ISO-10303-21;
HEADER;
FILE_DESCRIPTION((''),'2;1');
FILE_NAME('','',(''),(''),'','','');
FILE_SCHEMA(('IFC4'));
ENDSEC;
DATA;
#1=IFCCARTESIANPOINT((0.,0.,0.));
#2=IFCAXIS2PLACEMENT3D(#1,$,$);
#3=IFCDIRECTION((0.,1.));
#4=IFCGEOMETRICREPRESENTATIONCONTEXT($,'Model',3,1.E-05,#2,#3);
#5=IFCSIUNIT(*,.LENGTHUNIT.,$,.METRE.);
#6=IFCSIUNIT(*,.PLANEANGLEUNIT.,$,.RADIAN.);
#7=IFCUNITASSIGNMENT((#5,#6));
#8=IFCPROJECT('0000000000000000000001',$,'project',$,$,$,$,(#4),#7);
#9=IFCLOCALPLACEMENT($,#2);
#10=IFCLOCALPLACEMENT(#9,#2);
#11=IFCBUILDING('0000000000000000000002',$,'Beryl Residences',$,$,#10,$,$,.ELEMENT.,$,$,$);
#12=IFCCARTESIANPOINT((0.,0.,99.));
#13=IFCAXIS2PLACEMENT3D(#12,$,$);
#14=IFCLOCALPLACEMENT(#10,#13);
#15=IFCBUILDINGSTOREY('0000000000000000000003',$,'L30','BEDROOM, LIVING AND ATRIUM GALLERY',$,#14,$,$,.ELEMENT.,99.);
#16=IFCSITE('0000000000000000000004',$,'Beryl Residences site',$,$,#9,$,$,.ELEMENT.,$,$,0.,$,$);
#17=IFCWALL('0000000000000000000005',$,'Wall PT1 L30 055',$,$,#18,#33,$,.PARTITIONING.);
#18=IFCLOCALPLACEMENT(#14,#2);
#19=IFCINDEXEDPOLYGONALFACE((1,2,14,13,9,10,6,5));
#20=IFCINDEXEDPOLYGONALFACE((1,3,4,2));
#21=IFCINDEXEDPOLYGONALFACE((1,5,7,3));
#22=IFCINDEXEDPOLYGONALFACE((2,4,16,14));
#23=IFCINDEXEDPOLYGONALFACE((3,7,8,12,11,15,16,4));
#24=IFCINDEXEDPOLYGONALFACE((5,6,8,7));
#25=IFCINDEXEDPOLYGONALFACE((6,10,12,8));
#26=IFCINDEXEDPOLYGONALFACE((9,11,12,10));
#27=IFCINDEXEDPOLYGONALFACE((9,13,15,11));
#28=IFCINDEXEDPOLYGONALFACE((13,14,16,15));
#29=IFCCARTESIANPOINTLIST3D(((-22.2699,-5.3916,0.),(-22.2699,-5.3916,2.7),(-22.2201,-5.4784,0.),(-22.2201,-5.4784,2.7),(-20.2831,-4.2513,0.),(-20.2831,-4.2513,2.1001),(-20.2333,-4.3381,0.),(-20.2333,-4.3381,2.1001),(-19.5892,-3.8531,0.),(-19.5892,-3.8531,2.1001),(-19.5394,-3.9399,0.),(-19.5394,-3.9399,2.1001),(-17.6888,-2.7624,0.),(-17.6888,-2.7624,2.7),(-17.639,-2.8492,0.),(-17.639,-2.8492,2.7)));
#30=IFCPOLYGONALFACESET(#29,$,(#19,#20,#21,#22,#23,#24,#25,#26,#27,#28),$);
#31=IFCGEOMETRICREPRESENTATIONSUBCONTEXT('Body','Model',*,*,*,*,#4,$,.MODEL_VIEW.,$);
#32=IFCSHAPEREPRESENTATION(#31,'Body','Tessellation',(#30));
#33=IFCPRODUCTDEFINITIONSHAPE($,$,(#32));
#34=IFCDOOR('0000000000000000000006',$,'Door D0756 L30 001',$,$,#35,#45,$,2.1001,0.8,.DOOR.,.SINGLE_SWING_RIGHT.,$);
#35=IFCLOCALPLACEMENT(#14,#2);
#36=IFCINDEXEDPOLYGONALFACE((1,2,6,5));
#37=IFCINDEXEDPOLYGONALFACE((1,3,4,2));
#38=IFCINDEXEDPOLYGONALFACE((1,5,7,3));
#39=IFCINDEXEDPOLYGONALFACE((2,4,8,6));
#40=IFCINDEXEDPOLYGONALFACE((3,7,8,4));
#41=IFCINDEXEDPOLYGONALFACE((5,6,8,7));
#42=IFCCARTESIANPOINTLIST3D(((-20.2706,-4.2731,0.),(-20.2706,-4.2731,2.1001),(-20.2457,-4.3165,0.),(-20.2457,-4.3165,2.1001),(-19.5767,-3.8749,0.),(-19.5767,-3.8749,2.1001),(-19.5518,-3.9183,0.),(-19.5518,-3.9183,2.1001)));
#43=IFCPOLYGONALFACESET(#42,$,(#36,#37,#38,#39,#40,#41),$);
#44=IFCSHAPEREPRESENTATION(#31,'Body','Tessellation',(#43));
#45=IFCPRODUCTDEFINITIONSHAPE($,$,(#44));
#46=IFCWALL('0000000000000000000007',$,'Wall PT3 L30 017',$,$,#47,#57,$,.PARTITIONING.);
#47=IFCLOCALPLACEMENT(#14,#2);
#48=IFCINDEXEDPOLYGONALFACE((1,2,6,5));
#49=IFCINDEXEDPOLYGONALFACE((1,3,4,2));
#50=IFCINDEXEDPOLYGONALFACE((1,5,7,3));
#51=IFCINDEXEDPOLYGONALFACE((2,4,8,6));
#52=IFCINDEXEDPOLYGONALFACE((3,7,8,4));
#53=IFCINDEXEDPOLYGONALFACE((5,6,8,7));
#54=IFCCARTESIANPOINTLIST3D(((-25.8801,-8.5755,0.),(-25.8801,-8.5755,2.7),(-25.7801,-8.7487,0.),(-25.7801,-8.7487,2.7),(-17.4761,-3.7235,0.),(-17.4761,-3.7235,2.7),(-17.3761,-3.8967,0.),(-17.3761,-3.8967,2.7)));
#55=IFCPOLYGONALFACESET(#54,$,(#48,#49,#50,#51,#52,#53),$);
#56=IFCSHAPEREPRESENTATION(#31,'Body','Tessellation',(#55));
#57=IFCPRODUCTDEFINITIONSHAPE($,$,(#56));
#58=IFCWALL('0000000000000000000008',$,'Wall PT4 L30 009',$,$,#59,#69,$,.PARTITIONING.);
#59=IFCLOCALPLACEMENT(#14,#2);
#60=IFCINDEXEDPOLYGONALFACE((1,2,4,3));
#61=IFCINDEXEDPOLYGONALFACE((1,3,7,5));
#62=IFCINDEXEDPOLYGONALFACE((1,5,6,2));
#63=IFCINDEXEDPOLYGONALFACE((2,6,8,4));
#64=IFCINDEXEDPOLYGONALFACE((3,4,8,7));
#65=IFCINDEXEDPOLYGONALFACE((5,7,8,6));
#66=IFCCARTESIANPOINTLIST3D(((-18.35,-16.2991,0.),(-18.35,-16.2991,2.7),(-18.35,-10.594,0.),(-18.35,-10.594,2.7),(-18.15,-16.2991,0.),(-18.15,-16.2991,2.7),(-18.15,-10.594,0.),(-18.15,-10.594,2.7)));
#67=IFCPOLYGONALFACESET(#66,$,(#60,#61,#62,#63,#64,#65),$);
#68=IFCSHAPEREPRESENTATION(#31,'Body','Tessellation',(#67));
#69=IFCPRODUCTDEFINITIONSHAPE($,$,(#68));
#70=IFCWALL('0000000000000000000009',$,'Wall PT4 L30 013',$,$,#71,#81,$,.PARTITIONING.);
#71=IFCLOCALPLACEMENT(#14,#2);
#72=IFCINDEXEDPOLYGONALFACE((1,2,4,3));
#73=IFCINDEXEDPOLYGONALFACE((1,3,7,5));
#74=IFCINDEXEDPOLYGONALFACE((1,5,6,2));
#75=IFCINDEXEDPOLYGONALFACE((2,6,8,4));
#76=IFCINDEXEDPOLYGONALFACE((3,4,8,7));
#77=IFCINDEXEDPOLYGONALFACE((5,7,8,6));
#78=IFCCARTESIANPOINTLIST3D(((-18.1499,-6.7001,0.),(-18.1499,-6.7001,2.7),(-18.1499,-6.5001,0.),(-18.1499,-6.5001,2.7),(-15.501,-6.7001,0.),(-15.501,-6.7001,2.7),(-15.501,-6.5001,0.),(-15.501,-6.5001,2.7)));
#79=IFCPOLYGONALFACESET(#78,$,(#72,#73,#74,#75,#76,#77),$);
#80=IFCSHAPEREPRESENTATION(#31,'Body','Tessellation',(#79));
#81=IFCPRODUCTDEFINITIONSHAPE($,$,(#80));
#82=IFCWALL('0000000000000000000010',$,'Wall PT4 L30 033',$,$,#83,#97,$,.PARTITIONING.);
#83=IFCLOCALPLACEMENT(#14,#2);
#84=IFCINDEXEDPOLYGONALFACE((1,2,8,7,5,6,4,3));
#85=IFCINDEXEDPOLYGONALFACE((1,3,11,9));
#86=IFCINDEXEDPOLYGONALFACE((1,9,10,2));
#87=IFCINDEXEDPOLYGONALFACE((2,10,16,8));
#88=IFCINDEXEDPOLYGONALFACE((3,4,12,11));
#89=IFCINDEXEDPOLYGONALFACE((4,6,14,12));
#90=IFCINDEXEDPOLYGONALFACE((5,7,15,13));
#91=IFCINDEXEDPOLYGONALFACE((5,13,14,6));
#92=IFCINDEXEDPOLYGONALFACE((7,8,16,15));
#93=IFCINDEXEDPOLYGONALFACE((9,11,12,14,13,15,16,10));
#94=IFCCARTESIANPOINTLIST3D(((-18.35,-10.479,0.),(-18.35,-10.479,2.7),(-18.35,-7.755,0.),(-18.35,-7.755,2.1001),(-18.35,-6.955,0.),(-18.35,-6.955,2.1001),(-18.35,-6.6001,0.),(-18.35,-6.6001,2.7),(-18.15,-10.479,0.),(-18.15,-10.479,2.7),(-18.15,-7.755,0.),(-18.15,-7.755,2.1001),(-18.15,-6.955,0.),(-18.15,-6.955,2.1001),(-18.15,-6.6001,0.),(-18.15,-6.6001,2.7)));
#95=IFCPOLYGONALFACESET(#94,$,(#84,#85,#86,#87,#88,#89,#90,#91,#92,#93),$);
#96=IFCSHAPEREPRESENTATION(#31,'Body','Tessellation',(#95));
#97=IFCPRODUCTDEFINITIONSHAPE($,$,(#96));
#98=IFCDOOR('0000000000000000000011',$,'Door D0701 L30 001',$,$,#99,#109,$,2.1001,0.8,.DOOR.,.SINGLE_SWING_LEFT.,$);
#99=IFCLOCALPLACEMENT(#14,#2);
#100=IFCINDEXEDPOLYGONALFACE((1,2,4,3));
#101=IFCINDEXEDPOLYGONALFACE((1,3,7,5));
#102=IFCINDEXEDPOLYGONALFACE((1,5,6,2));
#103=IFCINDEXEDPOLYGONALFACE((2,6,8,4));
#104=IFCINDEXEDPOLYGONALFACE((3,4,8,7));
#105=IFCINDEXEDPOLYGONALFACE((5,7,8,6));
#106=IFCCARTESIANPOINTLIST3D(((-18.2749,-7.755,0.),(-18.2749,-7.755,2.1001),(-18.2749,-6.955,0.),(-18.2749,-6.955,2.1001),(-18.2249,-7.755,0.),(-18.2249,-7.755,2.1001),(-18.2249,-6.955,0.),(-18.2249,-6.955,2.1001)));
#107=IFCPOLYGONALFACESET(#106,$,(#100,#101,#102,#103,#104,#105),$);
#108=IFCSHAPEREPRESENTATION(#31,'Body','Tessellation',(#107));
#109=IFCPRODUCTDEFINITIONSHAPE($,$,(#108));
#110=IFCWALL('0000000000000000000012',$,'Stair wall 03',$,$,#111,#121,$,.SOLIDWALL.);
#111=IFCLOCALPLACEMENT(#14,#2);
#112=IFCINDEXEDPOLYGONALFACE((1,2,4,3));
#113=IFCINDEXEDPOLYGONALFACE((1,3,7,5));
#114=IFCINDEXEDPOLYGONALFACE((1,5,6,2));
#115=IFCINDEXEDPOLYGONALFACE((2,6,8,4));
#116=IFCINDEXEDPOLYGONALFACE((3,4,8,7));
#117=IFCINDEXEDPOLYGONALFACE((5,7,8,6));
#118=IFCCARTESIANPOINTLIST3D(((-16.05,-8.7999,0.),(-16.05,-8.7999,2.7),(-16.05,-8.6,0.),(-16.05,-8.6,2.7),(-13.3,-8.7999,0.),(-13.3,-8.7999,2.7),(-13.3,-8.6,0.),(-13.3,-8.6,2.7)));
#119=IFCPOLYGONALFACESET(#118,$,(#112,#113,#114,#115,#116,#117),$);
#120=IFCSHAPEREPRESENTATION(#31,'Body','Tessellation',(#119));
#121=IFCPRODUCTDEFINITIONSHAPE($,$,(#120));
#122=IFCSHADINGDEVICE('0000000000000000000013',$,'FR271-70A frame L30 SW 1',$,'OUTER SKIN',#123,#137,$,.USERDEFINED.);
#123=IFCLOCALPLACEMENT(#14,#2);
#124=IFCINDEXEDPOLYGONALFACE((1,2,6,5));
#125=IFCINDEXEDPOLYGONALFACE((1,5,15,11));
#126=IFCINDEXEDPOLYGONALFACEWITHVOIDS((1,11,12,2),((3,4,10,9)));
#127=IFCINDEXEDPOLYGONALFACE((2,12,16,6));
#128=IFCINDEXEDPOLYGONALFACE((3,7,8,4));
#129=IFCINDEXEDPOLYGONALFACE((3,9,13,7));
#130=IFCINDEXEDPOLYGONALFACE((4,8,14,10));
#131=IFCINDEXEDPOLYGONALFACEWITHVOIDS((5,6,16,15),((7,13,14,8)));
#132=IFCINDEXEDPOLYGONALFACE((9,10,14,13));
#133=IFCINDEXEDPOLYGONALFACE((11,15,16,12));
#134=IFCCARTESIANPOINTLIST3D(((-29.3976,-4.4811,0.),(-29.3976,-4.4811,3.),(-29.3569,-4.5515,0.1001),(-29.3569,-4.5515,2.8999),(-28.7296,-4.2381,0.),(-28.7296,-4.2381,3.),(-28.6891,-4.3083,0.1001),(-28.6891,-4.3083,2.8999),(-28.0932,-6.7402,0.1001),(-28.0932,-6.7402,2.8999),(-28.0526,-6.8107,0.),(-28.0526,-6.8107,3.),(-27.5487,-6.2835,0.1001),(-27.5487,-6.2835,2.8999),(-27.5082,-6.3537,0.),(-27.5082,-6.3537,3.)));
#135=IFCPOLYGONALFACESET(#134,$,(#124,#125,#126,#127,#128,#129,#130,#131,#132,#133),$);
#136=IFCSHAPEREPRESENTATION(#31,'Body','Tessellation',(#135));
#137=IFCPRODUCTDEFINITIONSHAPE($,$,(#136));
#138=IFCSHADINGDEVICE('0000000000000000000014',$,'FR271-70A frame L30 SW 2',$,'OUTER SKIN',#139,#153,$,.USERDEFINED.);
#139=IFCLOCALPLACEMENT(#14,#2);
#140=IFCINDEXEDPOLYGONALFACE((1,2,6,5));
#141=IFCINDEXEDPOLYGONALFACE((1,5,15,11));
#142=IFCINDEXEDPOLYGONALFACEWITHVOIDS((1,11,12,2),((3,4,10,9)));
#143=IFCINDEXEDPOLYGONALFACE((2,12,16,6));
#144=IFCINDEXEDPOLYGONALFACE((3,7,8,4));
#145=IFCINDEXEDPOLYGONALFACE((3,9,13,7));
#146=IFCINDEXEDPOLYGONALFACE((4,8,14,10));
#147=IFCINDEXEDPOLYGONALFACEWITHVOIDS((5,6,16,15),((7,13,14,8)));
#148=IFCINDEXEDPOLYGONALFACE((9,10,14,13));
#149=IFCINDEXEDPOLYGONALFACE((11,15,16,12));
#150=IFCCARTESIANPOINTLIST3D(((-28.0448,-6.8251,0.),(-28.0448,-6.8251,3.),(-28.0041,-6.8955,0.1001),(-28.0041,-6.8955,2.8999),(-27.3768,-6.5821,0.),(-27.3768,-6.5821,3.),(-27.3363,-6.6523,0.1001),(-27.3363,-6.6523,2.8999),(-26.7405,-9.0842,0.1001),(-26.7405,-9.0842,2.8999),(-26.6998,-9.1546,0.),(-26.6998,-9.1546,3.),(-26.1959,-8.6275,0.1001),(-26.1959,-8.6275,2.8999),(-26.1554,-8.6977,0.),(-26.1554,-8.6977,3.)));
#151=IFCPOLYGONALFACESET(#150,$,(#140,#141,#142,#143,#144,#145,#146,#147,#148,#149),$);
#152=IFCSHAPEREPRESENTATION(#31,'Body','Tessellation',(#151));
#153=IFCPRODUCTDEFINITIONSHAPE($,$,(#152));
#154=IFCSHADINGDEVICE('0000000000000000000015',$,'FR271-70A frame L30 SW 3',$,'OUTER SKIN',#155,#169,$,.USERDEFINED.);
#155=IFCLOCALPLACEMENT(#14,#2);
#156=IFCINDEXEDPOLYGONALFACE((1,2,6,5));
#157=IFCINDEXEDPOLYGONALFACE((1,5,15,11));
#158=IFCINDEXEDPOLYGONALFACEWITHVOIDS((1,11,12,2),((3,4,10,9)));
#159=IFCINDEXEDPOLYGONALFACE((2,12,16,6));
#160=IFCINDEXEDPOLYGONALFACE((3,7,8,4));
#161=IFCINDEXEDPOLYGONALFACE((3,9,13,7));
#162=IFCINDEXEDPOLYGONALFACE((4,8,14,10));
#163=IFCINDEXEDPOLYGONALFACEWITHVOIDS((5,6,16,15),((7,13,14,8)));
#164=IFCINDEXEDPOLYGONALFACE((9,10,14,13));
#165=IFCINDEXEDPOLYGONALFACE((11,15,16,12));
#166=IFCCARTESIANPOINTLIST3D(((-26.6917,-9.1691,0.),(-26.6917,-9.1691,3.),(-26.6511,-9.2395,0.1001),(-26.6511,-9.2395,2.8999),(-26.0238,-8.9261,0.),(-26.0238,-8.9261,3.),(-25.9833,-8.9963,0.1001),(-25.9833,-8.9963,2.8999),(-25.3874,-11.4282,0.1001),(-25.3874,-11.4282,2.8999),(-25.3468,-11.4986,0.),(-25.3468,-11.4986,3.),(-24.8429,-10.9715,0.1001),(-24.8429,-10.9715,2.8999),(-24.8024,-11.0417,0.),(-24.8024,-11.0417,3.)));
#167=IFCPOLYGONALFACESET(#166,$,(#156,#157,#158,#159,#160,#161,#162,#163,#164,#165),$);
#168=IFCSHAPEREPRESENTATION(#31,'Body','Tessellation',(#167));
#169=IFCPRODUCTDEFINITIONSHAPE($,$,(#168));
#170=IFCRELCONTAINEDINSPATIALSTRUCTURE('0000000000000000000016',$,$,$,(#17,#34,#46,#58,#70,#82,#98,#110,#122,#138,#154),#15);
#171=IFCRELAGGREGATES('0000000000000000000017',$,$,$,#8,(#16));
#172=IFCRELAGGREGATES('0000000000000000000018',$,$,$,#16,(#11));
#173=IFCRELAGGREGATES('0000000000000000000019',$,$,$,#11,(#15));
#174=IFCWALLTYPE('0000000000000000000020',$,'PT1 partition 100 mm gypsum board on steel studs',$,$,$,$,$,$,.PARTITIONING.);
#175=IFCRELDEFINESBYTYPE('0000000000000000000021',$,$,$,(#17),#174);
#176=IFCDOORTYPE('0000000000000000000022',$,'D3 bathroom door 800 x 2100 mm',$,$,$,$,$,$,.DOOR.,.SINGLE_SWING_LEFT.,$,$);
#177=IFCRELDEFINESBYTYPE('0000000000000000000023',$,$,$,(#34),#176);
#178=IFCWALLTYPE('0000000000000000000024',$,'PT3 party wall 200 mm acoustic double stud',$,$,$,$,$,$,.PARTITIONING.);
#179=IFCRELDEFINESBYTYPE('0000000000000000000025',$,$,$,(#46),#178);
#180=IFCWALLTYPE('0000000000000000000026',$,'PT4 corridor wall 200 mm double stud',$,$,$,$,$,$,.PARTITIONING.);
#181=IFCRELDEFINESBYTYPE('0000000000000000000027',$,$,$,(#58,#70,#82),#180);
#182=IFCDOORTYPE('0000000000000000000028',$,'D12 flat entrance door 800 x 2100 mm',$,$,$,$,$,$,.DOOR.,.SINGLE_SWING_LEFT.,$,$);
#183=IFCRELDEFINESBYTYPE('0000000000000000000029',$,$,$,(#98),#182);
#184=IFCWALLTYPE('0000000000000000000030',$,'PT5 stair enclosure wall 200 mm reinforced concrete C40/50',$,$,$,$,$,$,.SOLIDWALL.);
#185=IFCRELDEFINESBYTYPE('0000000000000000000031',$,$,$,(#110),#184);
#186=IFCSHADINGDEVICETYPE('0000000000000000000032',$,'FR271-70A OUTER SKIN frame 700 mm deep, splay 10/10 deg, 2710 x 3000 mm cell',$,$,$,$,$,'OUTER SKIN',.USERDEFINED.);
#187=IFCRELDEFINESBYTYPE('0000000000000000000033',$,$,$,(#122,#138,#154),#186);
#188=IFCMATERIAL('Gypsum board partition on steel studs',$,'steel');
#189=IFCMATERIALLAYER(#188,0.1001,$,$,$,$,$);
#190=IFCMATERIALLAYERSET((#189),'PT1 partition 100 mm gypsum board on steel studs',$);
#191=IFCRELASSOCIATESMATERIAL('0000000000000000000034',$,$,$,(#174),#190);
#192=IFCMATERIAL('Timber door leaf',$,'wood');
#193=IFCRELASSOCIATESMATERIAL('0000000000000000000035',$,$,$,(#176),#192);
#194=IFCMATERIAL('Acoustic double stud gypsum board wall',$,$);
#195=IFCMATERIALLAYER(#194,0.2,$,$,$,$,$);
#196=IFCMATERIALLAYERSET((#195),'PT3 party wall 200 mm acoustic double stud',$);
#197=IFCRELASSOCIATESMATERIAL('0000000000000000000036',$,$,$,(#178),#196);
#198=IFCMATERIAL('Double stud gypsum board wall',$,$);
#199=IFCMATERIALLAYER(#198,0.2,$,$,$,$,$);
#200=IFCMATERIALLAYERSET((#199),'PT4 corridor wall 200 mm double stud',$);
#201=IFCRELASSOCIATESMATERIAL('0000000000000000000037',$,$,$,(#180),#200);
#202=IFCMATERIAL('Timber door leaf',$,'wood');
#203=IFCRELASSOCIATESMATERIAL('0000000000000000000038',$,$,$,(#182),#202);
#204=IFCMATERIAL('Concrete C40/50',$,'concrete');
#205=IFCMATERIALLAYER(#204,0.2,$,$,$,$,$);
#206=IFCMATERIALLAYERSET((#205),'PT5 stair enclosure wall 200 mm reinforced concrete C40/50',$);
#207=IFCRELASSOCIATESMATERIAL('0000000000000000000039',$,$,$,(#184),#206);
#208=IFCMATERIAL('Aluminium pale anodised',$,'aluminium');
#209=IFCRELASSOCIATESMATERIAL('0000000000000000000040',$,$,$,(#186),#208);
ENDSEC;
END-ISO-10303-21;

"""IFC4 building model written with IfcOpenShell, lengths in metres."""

from ifc_helpers import new_model, entity, si_unit, direction, frame, frame_2d, origin, place, context, subcontext, project, spatial, rectangle, extrude, source, transform, mapped, material, layer, layer_set, type_object, type_shapes, element, fill, save


model = new_model("IFC4")

# Units and contexts
model_context = context("Model", 3, precision=1e-05, world=origin(), true_north=direction((0.0, 1.0)))
body_context = subcontext(model_context, "Body", "Model", "MODEL_VIEW")
ifc_project = project(units=[si_unit("LENGTHUNIT", "METRE"), si_unit("PLANEANGLEUNIT", "RADIAN")], contexts=[model_context])

# Site, building, storey
site_placement = place(None, origin())
site = spatial("IfcSite", under=ifc_project, at=site_placement, Name="Beryl Residences site", CompositionType="ELEMENT", RefElevation=0.0)
building_placement = place(site_placement, origin())
building = spatial("IfcBuilding", under=site, at=building_placement, Name="Beryl Residences", CompositionType="ELEMENT")
storey_placement = place(building_placement, frame((0.0, 0.0, 99.0)))
storey = spatial("IfcBuildingStorey", under=building, at=storey_placement, Name="L30", Description="BEDROOM, LIVING AND ATRIUM GALLERY", CompositionType="ELEMENT", Elevation=99.0)

# Shared definitions
ifc_material_1 = material(Name="Gypsum board partition on steel studs", Category="steel")
ifc_layer_1 = layer(ifc_material_1, 0.1001)
ifc_layer_set_1 = layer_set([ifc_layer_1], Name="PT1 partition 100 mm gypsum board on steel studs")
wall_type_1 = type_object("IfcWallType", Name="PT1 partition 100 mm gypsum board on steel studs", PredefinedType="PARTITIONING", material=ifc_layer_set_1)
ifc_material_2 = material(Name="Timber door leaf", Category="wood")
door_type_1 = type_object("IfcDoorType", Name="D3 bathroom door 800 x 2100 mm", OperationType="SINGLE_SWING_LEFT", PredefinedType="DOOR", material=ifc_material_2)

# Wall, opening, door
wall_1_placement = place(storey_placement, frame((-22.2451, -5.4351, 0.0), z_axis=(0.0, 0.0, 1.0), x_axis=(0.867311, 0.497766, 0.0)))
wall_1 = element("IfcWall", 1, at=wall_1_placement, inside=storey, type_object=wall_type_1, Name="Wall PT1 L30 055", PredefinedType="PARTITIONING", context=body_context, shape_type="SweptSolid", body=[
    extrude(rectangle(XDim=5.282, YDim=0.1001, at=frame_2d((2.6411, 0.0))), origin(), (0.0, 0.0, 1.0), 2.7),
])
opening_1_placement = place(wall_1_placement, frame((2.291, 0.0, 0.0)))
opening_1 = element("IfcOpeningElement", 2, at=opening_1_placement, cuts=wall_1, PredefinedType="OPENING", context=body_context, shape_type="SweptSolid", body=[
    extrude(rectangle(XDim=0.8, YDim=2.1001, at=frame_2d((0.3999, 1.05))), frame((0.0, 0.0601, 0.0), z_axis=(0.0, -1.0, 0.0), x_axis=(1.0, 0.0, 0.0)), (0.0, 0.0, 1.0), 0.1201),
])
door_1_placement = place(opening_1_placement, origin())
door_1 = element("IfcDoor", 3, at=door_1_placement, inside=storey, type_object=door_type_1, Name="Door D0756 L30 001", OperationType="SINGLE_SWING_RIGHT", OverallHeight=2.1001, OverallWidth=0.8, PredefinedType="DOOR", context=body_context, shape_type="SweptSolid", body=[
    extrude(rectangle(XDim=0.8, YDim=2.1001, at=frame_2d((0.3999, 1.05))), frame((0.0, 0.0249, 0.0), z_axis=(0.0, -1.0, 0.0), x_axis=(1.0, 0.0, 0.0)), (0.0, 0.0, 1.0), 0.05),
])
fill(opening_1, door_1)

# Walls
ifc_material_3 = material(Name="Acoustic double stud gypsum board wall")
ifc_layer_2 = layer(ifc_material_3, 0.2)
ifc_layer_set_2 = layer_set([ifc_layer_2], Name="PT3 party wall 200 mm acoustic double stud")
wall_type_2 = type_object("IfcWallType", Name="PT3 party wall 200 mm acoustic double stud", PredefinedType="PARTITIONING", material=ifc_layer_set_2)
wall_2_placement = place(storey_placement, frame((-25.8301, -8.6621, 0.0), z_axis=(0.0, 0.0, 1.0), x_axis=(0.866027, 0.499998, 0.0)))
element("IfcWall", 4, at=wall_2_placement, inside=storey, type_object=wall_type_2, Name="Wall PT3 L30 017", PredefinedType="PARTITIONING", context=body_context, shape_type="SweptSolid", body=[
    extrude(rectangle(XDim=9.7041, YDim=0.2, at=frame_2d((4.8521, 0.0))), origin(), (0.0, 0.0, 1.0), 2.7),
])
ifc_material_4 = material(Name="Double stud gypsum board wall")
ifc_layer_3 = layer(ifc_material_4, 0.2)
ifc_layer_set_3 = layer_set([ifc_layer_3], Name="PT4 corridor wall 200 mm double stud")
wall_type_3 = type_object("IfcWallType", Name="PT4 corridor wall 200 mm double stud", PredefinedType="PARTITIONING", material=ifc_layer_set_3)
wall_3_placement = place(storey_placement, frame((-18.25, -10.594, 0.0), z_axis=(0.0, 0.0, 1.0), x_axis=(0.0, -1.0, 0.0)))
element("IfcWall", 5, at=wall_3_placement, inside=storey, type_object=wall_type_3, Name="Wall PT4 L30 009", PredefinedType="PARTITIONING", context=body_context, shape_type="SweptSolid", body=[
    extrude(rectangle(XDim=5.7051, YDim=0.2, at=frame_2d((2.8525, 0.0))), origin(), (0.0, 0.0, 1.0), 2.7),
])
wall_4_placement = place(storey_placement, frame((-18.1499, -6.6001, 0.0), z_axis=(0.0, 0.0, 1.0), x_axis=(1.0, 0.0, 0.0)))
element("IfcWall", 6, at=wall_4_placement, inside=storey, type_object=wall_type_3, Name="Wall PT4 L30 013", PredefinedType="PARTITIONING", context=body_context, shape_type="SweptSolid", body=[
    extrude(rectangle(XDim=2.6489, YDim=0.2, at=frame_2d((1.3245, 0.0))), origin(), (0.0, 0.0, 1.0), 2.7),
])

# Wall, opening, door
wall_5_placement = place(storey_placement, frame((-18.25, -10.479, 0.0), z_axis=(0.0, 0.0, 1.0), x_axis=(0.0, 1.0, 0.0)))
wall_5 = element("IfcWall", 7, at=wall_5_placement, inside=storey, type_object=wall_type_3, Name="Wall PT4 L30 033", PredefinedType="PARTITIONING", context=body_context, shape_type="SweptSolid", body=[
    extrude(rectangle(XDim=3.8789, YDim=0.2, at=frame_2d((1.9395, 0.0))), origin(), (0.0, 0.0, 1.0), 2.7),
])
opening_2_placement = place(wall_5_placement, frame((2.7241, 0.0, 0.0)))
opening_2 = element("IfcOpeningElement", 8, at=opening_2_placement, cuts=wall_5, PredefinedType="OPENING", context=body_context, shape_type="SweptSolid", body=[
    extrude(rectangle(XDim=0.8, YDim=2.1001, at=frame_2d((0.3999, 1.05))), frame((0.0, 0.1099, 0.0), z_axis=(0.0, -1.0, 0.0), x_axis=(1.0, 0.0, 0.0)), (0.0, 0.0, 1.0), 0.22),
])
ifc_material_5 = material(Name="Timber door leaf", Category="wood")
door_type_2 = type_object("IfcDoorType", Name="D12 flat entrance door 800 x 2100 mm", OperationType="SINGLE_SWING_LEFT", PredefinedType="DOOR", material=ifc_material_5)
door_2_placement = place(opening_2_placement, origin())
door_2 = element("IfcDoor", 9, at=door_2_placement, inside=storey, type_object=door_type_2, Name="Door D0701 L30 001", OperationType="SINGLE_SWING_LEFT", OverallHeight=2.1001, OverallWidth=0.8, PredefinedType="DOOR", context=body_context, shape_type="SweptSolid", body=[
    extrude(rectangle(XDim=0.8, YDim=2.1001, at=frame_2d((0.3999, 1.05))), frame((0.0, 0.0249, 0.0), z_axis=(0.0, -1.0, 0.0), x_axis=(1.0, 0.0, 0.0)), (0.0, 0.0, 1.0), 0.05),
])
fill(opening_2, door_2)

# Wall
ifc_material_6 = material(Name="Concrete C40/50", Category="concrete")
ifc_layer_4 = layer(ifc_material_6, 0.2)
ifc_layer_set_4 = layer_set([ifc_layer_4], Name="PT5 stair enclosure wall 200 mm reinforced concrete C40/50")
wall_type_4 = type_object("IfcWallType", Name="PT5 stair enclosure wall 200 mm reinforced concrete C40/50", PredefinedType="SOLIDWALL", material=ifc_layer_set_4)
wall_6_placement = place(storey_placement, frame((-16.05, -8.7, 0.0), z_axis=(0.0, 0.0, 1.0), x_axis=(1.0, 0.0, 0.0)))
element("IfcWall", 10, at=wall_6_placement, inside=storey, type_object=wall_type_4, Name="Stair wall 03", PredefinedType="SOLIDWALL", context=body_context, shape_type="SweptSolid", body=[
    extrude(rectangle(XDim=2.75, YDim=0.2, at=frame_2d((1.375, 0.0))), origin(), (0.0, 0.0, 1.0), 2.7),
])

# Shading devices
ifc_material_7 = material(Name="Aluminium pale anodised", Category="aluminium")
shading_device_type = type_object("IfcShadingDeviceType", Name="FR271-70A OUTER SKIN frame 700 mm deep, splay 10/10 deg, 2710 x 3000 mm cell", ElementType="OUTER SKIN", PredefinedType="USERDEFINED", material=ifc_material_7)
cartesian_point_1 = entity("IfcCartesianPoint", [-1.2214, 0.0])
cartesian_point_2 = entity("IfcCartesianPoint", [-1.1404, 0.1001])
cartesian_point_3 = entity("IfcCartesianPoint", [-1.345, 0.0])
cartesian_point_4 = entity("IfcCartesianPoint", [-1.2637, 0.1001])
shared_shape_1 = source(origin(), body_context, "Body", "SweptSolid", [
    entity("IfcExtrudedAreaSolidTapered", entity("IfcArbitraryProfileDefWithVoids", "AREA", None, entity("IfcPolyline", [cartesian_point_1, entity("IfcCartesianPoint", [1.2214, 0.0]), entity("IfcCartesianPoint", [1.2214, 3.0]), entity("IfcCartesianPoint", [-1.2214, 3.0]), cartesian_point_1]), [entity("IfcPolyline", [cartesian_point_2, entity("IfcCartesianPoint", [1.1404, 0.1001]), entity("IfcCartesianPoint", [1.1404, 2.8999]), entity("IfcCartesianPoint", [-1.1404, 2.8999]), cartesian_point_2])]), entity("IfcAxis2Placement3D", entity("IfcCartesianPoint", [0.0, 0.0, 0.0]), entity("IfcDirection", [0.0, 1.0, 0.0]), entity("IfcDirection", [-1.0, 0.0, 0.0])), entity("IfcDirection", [0.0, 0.0, 1.0]), 0.7, entity("IfcArbitraryProfileDefWithVoids", "AREA", None, entity("IfcPolyline", [cartesian_point_3, entity("IfcCartesianPoint", [1.345, 0.0]), entity("IfcCartesianPoint", [1.345, 3.0]), entity("IfcCartesianPoint", [-1.345, 3.0]), cartesian_point_3]), [entity("IfcPolyline", [cartesian_point_4, entity("IfcCartesianPoint", [1.2637, 0.1001]), entity("IfcCartesianPoint", [1.2637, 2.8999]), entity("IfcCartesianPoint", [-1.2637, 2.8999]), cartesian_point_4])])),
])
type_shapes(shading_device_type, [shared_shape_1])
for number, where, z_axis, x_axis, name in (
    (11, (-28.1189, -5.2959, 0.0), (0.0, 0.0, 1.0), (-0.5, 0.866025, 0.0), "FR271-70A frame L30 SW 1"),
    (12, (-26.7661, -7.6399, 0.0), (0.0, 0.0, 1.0), (-0.5, 0.866025, 0.0), "FR271-70A frame L30 SW 2"),
    (13, (-25.4131, -9.9839, 0.0), (0.0, 0.0, 1.0), (-0.5, 0.866025, 0.0), "FR271-70A frame L30 SW 3"),
):
    element("IfcShadingDevice", number, at=place(storey_placement, frame(where, z_axis=z_axis, x_axis=x_axis)), inside=storey, type_object=shading_device_type, Name=name, ObjectType="OUTER SKIN", PredefinedType="USERDEFINED", context=body_context, shape_type="MappedRepresentation", body=[
        mapped(shared_shape_1, transform((0.0, 0.0, 0.0))),
    ])

save(model, "model.ifc")
